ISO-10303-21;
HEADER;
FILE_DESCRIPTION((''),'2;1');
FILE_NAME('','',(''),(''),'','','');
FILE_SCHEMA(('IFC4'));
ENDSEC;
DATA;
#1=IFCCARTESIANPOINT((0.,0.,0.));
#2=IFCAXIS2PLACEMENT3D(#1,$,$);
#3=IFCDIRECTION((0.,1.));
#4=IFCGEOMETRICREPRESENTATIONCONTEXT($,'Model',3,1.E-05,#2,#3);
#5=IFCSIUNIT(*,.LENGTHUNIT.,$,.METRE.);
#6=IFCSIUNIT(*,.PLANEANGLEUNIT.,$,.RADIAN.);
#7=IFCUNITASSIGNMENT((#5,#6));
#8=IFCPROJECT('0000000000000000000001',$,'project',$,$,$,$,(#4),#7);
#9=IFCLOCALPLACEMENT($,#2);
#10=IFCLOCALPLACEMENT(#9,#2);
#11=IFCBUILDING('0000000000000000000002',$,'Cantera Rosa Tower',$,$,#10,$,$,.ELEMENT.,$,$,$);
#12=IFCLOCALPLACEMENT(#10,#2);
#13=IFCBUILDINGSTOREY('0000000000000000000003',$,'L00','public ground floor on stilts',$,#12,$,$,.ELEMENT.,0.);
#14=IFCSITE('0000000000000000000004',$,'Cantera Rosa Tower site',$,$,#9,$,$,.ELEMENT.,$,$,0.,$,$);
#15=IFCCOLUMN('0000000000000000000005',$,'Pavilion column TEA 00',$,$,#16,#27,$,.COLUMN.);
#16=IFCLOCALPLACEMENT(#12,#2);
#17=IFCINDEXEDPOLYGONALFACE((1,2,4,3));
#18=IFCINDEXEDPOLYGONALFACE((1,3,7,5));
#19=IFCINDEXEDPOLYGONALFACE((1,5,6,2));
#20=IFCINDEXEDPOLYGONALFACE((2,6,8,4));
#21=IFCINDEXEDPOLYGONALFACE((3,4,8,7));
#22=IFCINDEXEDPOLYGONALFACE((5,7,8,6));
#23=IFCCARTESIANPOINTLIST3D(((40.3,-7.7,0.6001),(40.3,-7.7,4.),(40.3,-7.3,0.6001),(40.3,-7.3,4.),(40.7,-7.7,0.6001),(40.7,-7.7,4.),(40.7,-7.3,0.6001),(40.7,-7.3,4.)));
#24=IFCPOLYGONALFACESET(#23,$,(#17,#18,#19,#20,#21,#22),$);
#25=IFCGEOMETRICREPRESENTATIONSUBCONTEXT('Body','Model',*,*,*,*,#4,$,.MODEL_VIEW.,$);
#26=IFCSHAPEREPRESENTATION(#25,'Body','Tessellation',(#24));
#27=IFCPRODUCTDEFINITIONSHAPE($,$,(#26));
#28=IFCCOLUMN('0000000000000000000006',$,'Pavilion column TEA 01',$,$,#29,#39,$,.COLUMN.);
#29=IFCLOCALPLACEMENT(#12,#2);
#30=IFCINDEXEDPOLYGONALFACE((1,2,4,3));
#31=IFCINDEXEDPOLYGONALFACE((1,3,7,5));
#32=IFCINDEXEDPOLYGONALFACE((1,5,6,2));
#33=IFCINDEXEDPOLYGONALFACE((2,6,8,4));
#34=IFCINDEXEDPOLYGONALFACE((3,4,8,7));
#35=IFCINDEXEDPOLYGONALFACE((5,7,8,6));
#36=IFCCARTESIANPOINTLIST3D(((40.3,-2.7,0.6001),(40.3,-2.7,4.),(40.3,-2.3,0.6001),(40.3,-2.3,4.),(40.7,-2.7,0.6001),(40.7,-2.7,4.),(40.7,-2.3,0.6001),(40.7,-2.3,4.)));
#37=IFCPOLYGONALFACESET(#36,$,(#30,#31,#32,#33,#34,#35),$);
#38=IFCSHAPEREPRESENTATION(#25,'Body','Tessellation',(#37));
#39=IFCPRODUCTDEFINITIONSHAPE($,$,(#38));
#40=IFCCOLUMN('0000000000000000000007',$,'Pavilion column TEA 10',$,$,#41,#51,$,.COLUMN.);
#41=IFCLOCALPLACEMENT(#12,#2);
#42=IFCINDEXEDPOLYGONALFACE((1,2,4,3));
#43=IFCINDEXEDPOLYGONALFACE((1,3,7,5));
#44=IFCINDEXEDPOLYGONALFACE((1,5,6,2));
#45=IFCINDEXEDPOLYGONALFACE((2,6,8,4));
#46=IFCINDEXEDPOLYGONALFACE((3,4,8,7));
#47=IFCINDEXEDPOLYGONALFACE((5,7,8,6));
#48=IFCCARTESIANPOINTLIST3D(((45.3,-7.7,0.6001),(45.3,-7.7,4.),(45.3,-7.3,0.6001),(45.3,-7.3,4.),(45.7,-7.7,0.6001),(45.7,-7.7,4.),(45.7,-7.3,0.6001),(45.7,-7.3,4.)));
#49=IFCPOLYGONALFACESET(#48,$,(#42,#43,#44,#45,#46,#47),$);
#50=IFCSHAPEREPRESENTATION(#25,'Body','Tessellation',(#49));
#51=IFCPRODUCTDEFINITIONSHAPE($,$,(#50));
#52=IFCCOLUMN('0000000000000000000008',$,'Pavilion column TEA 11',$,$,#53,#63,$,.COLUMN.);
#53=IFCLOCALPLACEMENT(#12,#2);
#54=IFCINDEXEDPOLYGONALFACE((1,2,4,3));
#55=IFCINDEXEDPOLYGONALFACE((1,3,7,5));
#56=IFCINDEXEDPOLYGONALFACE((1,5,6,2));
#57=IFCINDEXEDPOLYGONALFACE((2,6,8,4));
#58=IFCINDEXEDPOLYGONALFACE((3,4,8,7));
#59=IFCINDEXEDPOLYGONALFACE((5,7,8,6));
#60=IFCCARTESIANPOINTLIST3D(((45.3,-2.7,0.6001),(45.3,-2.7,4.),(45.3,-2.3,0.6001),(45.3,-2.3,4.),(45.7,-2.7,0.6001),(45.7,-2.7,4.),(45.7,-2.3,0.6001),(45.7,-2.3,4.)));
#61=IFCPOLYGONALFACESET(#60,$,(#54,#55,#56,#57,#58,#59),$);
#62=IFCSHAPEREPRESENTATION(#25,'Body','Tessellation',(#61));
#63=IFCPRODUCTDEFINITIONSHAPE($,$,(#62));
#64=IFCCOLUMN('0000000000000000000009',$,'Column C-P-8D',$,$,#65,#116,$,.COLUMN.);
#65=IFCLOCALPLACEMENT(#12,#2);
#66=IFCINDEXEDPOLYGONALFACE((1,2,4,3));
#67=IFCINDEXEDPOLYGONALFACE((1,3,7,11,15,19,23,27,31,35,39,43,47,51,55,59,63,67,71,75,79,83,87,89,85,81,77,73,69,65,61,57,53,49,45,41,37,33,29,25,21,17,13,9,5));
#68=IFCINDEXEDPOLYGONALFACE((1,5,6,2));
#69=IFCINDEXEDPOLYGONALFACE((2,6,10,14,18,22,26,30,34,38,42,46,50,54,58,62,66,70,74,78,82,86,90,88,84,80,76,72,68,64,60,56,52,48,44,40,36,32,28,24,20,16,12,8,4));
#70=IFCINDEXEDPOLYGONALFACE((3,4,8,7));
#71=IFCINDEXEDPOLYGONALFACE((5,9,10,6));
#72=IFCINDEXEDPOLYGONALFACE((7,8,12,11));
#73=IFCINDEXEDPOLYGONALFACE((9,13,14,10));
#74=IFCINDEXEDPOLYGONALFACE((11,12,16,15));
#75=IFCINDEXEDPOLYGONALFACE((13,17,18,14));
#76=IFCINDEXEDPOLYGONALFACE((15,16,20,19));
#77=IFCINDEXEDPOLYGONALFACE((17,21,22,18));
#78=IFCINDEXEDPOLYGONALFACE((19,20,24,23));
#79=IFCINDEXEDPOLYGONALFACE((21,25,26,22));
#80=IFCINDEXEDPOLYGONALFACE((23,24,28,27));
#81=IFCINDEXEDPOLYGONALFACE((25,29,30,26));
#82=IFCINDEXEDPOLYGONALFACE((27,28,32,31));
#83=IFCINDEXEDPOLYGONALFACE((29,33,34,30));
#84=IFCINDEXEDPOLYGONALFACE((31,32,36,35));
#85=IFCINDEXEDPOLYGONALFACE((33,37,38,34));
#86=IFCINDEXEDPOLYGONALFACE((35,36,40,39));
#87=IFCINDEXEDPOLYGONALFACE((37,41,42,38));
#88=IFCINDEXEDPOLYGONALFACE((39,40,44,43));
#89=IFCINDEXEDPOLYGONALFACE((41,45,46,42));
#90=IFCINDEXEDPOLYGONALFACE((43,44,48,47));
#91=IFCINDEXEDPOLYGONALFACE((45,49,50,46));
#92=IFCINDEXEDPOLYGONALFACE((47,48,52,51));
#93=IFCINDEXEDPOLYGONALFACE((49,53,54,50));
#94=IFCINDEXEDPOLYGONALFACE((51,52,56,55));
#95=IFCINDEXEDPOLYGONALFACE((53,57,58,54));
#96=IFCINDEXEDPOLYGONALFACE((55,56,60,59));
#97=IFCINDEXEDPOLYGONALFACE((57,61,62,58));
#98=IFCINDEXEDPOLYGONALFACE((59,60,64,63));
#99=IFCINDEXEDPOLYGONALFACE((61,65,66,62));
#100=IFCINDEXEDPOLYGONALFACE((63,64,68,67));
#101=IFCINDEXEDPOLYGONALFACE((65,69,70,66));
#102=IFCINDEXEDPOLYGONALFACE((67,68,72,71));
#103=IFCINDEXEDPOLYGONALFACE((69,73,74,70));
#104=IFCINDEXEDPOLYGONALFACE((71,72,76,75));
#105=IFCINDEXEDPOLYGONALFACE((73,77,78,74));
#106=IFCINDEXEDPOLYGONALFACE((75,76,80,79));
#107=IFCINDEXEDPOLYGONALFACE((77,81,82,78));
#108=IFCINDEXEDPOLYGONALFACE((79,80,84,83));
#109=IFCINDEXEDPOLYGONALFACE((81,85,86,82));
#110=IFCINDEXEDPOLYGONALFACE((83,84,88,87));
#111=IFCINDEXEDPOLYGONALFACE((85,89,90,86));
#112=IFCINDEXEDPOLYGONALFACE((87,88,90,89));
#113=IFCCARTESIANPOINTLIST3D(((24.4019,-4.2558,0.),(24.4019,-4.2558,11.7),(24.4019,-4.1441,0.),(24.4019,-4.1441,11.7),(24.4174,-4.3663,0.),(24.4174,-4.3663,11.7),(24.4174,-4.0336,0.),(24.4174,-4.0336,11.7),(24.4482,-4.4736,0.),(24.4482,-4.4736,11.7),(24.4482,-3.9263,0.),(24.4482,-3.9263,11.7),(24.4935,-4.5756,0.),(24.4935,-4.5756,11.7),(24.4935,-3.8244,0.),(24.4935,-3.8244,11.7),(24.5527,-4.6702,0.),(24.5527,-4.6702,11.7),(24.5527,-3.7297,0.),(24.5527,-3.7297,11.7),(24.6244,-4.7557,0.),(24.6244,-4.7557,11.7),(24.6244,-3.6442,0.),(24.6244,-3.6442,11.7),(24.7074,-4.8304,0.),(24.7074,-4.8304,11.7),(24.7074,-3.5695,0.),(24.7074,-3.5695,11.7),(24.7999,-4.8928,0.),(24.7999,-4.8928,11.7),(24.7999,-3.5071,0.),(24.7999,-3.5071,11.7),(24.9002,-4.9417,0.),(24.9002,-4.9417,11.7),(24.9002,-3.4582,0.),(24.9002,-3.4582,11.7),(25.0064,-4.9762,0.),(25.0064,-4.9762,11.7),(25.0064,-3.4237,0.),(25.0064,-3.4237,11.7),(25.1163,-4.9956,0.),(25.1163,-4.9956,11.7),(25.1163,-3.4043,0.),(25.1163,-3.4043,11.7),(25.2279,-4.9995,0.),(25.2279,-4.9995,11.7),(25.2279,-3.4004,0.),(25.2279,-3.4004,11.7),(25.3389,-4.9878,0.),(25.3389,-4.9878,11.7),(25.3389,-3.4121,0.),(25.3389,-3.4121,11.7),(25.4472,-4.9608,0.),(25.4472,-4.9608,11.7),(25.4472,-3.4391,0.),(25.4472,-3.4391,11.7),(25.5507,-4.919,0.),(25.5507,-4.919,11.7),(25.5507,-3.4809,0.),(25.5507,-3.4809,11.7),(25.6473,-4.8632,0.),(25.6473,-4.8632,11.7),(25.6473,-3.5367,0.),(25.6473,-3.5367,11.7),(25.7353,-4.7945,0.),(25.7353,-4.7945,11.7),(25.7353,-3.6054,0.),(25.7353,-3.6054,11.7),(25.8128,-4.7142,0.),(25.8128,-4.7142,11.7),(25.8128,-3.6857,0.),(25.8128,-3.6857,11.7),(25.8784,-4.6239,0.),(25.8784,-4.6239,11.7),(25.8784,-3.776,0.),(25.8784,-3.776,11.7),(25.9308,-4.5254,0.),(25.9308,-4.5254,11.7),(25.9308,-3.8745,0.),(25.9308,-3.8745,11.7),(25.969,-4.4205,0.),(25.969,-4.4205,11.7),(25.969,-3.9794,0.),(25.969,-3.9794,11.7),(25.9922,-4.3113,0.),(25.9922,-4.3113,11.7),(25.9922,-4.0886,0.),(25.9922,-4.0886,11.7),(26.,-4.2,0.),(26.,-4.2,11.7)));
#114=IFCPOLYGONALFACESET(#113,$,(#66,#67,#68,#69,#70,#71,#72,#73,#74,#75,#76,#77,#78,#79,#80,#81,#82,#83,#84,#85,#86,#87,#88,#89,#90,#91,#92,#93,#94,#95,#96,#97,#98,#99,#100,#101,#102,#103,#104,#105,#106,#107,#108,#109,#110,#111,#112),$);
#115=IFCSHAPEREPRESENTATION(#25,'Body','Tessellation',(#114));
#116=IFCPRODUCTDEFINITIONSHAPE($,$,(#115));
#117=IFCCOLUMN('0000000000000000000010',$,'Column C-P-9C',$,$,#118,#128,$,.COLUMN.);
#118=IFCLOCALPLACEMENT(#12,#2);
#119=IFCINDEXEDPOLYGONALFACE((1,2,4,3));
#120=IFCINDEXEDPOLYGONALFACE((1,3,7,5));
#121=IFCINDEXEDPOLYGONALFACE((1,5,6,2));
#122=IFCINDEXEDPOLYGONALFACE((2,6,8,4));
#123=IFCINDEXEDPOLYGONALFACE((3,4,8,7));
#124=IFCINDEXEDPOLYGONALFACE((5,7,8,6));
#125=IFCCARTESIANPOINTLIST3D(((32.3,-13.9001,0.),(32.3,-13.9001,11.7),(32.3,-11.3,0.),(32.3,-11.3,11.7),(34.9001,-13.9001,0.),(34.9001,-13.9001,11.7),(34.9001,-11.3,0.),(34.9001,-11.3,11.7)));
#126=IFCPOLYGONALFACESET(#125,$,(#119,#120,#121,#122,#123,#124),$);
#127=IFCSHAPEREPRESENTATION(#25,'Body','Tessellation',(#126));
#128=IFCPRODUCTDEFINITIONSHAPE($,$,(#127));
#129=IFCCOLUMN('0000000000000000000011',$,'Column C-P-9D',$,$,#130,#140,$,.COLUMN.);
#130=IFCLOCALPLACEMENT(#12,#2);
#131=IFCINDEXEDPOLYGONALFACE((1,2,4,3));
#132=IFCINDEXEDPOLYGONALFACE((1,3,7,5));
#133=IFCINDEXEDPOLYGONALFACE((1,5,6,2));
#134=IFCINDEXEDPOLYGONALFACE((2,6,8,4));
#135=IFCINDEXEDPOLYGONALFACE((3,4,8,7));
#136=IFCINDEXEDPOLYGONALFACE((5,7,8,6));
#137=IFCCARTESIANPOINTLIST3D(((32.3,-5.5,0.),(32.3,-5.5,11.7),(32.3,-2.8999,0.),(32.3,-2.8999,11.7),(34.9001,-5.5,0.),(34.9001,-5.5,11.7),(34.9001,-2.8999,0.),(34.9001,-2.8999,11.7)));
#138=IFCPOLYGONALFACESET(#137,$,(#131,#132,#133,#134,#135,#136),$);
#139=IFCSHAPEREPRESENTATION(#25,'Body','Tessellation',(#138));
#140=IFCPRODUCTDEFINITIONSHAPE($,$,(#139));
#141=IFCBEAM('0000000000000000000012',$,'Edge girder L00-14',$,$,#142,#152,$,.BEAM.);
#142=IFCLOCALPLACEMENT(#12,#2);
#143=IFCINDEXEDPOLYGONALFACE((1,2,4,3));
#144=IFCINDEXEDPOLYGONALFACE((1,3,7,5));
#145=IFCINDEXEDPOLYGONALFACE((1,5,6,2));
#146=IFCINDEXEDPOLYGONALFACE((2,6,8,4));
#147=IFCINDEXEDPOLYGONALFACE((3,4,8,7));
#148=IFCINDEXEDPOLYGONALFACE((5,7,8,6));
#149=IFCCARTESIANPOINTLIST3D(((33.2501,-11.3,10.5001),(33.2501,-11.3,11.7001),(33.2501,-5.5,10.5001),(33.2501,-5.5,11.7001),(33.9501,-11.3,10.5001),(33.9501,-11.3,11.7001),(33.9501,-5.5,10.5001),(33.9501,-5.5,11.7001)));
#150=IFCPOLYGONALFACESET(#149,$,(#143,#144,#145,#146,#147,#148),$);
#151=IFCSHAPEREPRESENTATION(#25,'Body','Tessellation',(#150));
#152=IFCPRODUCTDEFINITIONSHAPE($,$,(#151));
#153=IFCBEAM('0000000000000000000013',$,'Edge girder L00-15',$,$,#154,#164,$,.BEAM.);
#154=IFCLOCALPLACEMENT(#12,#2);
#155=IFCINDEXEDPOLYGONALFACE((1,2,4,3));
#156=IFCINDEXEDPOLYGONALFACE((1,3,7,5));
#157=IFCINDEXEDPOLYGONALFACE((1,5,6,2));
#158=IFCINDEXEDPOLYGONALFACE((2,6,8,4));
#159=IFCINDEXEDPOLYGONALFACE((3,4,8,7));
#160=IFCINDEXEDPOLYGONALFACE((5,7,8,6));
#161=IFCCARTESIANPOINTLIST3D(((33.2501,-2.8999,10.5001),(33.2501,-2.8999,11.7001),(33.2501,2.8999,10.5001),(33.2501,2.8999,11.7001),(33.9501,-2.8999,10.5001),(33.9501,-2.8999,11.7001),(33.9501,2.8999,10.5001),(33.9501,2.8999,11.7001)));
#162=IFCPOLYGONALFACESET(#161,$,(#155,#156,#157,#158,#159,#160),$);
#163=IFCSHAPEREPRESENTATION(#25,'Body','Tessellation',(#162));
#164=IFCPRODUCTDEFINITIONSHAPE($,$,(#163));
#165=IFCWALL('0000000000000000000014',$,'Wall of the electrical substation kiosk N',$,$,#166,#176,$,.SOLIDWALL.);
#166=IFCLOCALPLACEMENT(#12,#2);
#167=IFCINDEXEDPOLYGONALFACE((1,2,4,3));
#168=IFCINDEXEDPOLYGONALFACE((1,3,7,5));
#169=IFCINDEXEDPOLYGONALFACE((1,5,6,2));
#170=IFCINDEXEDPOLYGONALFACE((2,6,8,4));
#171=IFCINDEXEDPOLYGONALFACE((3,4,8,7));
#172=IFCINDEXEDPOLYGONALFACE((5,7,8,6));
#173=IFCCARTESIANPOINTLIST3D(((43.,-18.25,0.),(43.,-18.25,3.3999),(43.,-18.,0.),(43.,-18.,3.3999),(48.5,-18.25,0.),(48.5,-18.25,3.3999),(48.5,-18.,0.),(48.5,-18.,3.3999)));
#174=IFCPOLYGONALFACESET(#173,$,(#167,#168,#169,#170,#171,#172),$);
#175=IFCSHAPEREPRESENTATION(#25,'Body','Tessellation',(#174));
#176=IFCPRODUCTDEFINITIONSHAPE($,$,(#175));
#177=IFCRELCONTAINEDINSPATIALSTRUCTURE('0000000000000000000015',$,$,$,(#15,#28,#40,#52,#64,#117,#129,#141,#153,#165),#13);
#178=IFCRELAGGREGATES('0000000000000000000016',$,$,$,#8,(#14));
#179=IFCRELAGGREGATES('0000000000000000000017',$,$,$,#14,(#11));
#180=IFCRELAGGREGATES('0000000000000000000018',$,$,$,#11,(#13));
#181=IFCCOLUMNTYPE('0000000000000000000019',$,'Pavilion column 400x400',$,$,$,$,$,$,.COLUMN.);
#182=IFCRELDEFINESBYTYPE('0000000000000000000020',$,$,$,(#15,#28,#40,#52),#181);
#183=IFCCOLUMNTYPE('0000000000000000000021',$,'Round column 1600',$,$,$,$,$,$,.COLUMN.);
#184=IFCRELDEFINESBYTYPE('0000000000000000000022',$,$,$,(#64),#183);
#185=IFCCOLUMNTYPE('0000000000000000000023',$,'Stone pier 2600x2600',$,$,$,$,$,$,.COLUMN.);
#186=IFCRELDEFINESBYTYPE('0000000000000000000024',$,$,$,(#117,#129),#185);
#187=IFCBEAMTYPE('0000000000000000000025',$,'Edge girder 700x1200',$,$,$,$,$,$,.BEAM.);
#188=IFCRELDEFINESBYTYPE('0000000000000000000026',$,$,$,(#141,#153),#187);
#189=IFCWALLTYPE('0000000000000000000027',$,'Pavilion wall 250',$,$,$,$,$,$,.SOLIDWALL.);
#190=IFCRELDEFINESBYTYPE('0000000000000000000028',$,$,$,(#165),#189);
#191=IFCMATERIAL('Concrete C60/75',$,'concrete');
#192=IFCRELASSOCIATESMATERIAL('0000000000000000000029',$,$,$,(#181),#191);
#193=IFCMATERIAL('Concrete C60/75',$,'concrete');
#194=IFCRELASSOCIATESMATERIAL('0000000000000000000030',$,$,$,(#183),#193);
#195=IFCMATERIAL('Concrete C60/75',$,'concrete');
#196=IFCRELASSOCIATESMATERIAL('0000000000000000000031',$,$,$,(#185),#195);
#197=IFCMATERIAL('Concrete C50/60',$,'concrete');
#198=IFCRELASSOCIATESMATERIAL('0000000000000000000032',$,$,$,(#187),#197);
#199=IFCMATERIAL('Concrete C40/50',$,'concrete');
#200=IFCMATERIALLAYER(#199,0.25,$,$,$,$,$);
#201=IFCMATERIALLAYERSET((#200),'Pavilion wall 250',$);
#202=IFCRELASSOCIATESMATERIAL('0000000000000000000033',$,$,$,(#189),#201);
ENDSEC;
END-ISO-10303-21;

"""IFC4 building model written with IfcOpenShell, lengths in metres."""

from ifc_helpers import new_model, si_unit, direction, frame, frame_2d, origin, origin_2d, place, context, subcontext, project, spatial, rectangle, circle, extrude, material, layer, layer_set, material_profile, profile_set, type_object, element, save


model = new_model("IFC4")

# Units and contexts
model_context = context("Model", 3, precision=1e-05, world=origin(), true_north=direction((0.0, 1.0)))
body_context = subcontext(model_context, "Body", "Model", "MODEL_VIEW")
ifc_project = project(units=[si_unit("LENGTHUNIT", "METRE"), si_unit("PLANEANGLEUNIT", "RADIAN")], contexts=[model_context])

# Site, building, storey
site_placement = place(None, origin())
site = spatial("IfcSite", under=ifc_project, at=site_placement, Name="Cantera Rosa Tower site", CompositionType="ELEMENT", RefElevation=0.0)
building_placement = place(site_placement, origin())
building = spatial("IfcBuilding", under=site, at=building_placement, Name="Cantera Rosa Tower", CompositionType="ELEMENT")
storey_placement = place(building_placement, origin())
storey = spatial("IfcBuildingStorey", under=building, at=storey_placement, Name="L00", Description="public ground floor on stilts", CompositionType="ELEMENT", Elevation=0.0)

# Columns
ifc_material_1 = material(Name="Concrete C60/75", Category="concrete")
ifc_material_profile_1 = material_profile(ifc_material_1, rectangle(XDim=0.3999, YDim=0.3999, at=origin_2d()), Name="Pavilion column 400x400")
ifc_profile_set_1 = profile_set([ifc_material_profile_1], Name="Concrete C60/75")
column_type_1 = type_object("IfcColumnType", Name="Pavilion column 400x400", PredefinedType="COLUMN", material=ifc_profile_set_1)
for number, where, z_axis, x_axis, name in (
    (1, (40.5, -7.5, 0.6001), (0.0, 0.0, 1.0), (1.0, 0.0, 0.0), "Pavilion column TEA 00"),
    (2, (40.5, -2.5, 0.6001), (0.0, 0.0, 1.0), (1.0, 0.0, 0.0), "Pavilion column TEA 01"),
    (3, (45.5, -7.5, 0.6001), (0.0, 0.0, 1.0), (1.0, 0.0, 0.0), "Pavilion column TEA 10"),
    (4, (45.5, -2.5, 0.6001), (0.0, 0.0, 1.0), (1.0, 0.0, 0.0), "Pavilion column TEA 11"),
):
    element("IfcColumn", number, at=place(storey_placement, frame(where, z_axis=z_axis, x_axis=x_axis)), inside=storey, type_object=column_type_1, Name=name, PredefinedType="COLUMN", context=body_context, shape_type="SweptSolid", body=[
        extrude(rectangle(XDim=0.3999, YDim=0.3999, at=origin_2d()), origin(), (0.0, 0.0, 1.0), 3.3999),
    ])
ifc_material_2 = material(Name="Concrete C60/75", Category="concrete")
ifc_material_profile_2 = material_profile(ifc_material_2, circle(Radius=0.8, at=origin_2d()), Name="Round column 1600")
ifc_profile_set_2 = profile_set([ifc_material_profile_2], Name="Concrete C60/75")
column_type_2 = type_object("IfcColumnType", Name="Round column 1600", PredefinedType="COLUMN", material=ifc_profile_set_2)
column_placement = place(storey_placement, frame((25.2, -4.2, 0.0), z_axis=(0.0, 0.0, 1.0), x_axis=(1.0, 0.0, 0.0)))
element("IfcColumn", 5, at=column_placement, inside=storey, type_object=column_type_2, Name="Column C-P-8D", PredefinedType="COLUMN", context=body_context, shape_type="SweptSolid", body=[
    extrude(circle(Radius=0.8, at=origin_2d()), origin(), (0.0, 0.0, 1.0), 11.7),
])
ifc_material_3 = material(Name="Concrete C60/75", Category="concrete")
ifc_material_profile_3 = material_profile(ifc_material_3, rectangle(XDim=2.6001, YDim=2.6001, at=origin_2d()), Name="Stone pier 2600x2600")
ifc_profile_set_3 = profile_set([ifc_material_profile_3], Name="Concrete C60/75")
column_type_3 = type_object("IfcColumnType", Name="Stone pier 2600x2600", PredefinedType="COLUMN", material=ifc_profile_set_3)
for number, where, z_axis, x_axis, name in (
    (6, (33.6001, -12.6001, 0.0), (0.0, 0.0, 1.0), (1.0, 0.0, 0.0), "Column C-P-9C"),
    (7, (33.6001, -4.2, 0.0), (0.0, 0.0, 1.0), (1.0, 0.0, 0.0), "Column C-P-9D"),
):
    element("IfcColumn", number, at=place(storey_placement, frame(where, z_axis=z_axis, x_axis=x_axis)), inside=storey, type_object=column_type_3, Name=name, PredefinedType="COLUMN", context=body_context, shape_type="SweptSolid", body=[
        extrude(rectangle(XDim=2.6001, YDim=2.6001, at=origin_2d()), origin(), (0.0, 0.0, 1.0), 11.7),
    ])

# Beams
ifc_material_4 = material(Name="Concrete C50/60", Category="concrete")
ifc_material_profile_4 = material_profile(ifc_material_4, rectangle(XDim=0.7, YDim=1.2, at=origin_2d()), Name="Edge girder 700x1200")
ifc_profile_set_4 = profile_set([ifc_material_profile_4], Name="Concrete C50/60")
beam_type = type_object("IfcBeamType", Name="Edge girder 700x1200", PredefinedType="BEAM", material=ifc_profile_set_4)
beam_1_placement = place(storey_placement, frame((33.6001, -11.3, 11.1001), z_axis=(0.0, 1.0, 0.0), x_axis=(-1.0, 0.0, 0.0)))
element("IfcBeam", 8, at=beam_1_placement, inside=storey, type_object=beam_type, Name="Edge girder L00-14", PredefinedType="BEAM", context=body_context, shape_type="SweptSolid", body=[
    extrude(rectangle(XDim=0.7, YDim=1.2, at=origin_2d()), origin(), (0.0, 0.0, 1.0), 5.8),
])
beam_2_placement = place(storey_placement, frame((33.6001, -2.8999, 11.1001), z_axis=(0.0, 1.0, 0.0), x_axis=(-1.0, 0.0, 0.0)))
element("IfcBeam", 9, at=beam_2_placement, inside=storey, type_object=beam_type, Name="Edge girder L00-15", PredefinedType="BEAM", context=body_context, shape_type="SweptSolid", body=[
    extrude(rectangle(XDim=0.7, YDim=1.2, at=origin_2d()), origin(), (0.0, 0.0, 1.0), 5.7998),
])

# Wall
ifc_material_5 = material(Name="Concrete C40/50", Category="concrete")
ifc_layer_1 = layer(ifc_material_5, 0.25)
ifc_layer_set_1 = layer_set([ifc_layer_1], Name="Pavilion wall 250")
wall_type_1 = type_object("IfcWallType", Name="Pavilion wall 250", PredefinedType="SOLIDWALL", material=ifc_layer_set_1)
wall_1_placement = place(storey_placement, frame((43.0, -18.125, 0.0), z_axis=(0.0, 0.0, 1.0), x_axis=(1.0, 0.0, 0.0)))
element("IfcWall", 10, at=wall_1_placement, inside=storey, type_object=wall_type_1, Name="Wall of the electrical substation kiosk N", PredefinedType="SOLIDWALL", context=body_context, shape_type="SweptSolid", body=[
    extrude(rectangle(XDim=5.5, YDim=0.25, at=frame_2d((2.75, 0.0))), origin(), (0.0, 0.0, 1.0), 3.3999),
])

save(model, "model.ifc")
